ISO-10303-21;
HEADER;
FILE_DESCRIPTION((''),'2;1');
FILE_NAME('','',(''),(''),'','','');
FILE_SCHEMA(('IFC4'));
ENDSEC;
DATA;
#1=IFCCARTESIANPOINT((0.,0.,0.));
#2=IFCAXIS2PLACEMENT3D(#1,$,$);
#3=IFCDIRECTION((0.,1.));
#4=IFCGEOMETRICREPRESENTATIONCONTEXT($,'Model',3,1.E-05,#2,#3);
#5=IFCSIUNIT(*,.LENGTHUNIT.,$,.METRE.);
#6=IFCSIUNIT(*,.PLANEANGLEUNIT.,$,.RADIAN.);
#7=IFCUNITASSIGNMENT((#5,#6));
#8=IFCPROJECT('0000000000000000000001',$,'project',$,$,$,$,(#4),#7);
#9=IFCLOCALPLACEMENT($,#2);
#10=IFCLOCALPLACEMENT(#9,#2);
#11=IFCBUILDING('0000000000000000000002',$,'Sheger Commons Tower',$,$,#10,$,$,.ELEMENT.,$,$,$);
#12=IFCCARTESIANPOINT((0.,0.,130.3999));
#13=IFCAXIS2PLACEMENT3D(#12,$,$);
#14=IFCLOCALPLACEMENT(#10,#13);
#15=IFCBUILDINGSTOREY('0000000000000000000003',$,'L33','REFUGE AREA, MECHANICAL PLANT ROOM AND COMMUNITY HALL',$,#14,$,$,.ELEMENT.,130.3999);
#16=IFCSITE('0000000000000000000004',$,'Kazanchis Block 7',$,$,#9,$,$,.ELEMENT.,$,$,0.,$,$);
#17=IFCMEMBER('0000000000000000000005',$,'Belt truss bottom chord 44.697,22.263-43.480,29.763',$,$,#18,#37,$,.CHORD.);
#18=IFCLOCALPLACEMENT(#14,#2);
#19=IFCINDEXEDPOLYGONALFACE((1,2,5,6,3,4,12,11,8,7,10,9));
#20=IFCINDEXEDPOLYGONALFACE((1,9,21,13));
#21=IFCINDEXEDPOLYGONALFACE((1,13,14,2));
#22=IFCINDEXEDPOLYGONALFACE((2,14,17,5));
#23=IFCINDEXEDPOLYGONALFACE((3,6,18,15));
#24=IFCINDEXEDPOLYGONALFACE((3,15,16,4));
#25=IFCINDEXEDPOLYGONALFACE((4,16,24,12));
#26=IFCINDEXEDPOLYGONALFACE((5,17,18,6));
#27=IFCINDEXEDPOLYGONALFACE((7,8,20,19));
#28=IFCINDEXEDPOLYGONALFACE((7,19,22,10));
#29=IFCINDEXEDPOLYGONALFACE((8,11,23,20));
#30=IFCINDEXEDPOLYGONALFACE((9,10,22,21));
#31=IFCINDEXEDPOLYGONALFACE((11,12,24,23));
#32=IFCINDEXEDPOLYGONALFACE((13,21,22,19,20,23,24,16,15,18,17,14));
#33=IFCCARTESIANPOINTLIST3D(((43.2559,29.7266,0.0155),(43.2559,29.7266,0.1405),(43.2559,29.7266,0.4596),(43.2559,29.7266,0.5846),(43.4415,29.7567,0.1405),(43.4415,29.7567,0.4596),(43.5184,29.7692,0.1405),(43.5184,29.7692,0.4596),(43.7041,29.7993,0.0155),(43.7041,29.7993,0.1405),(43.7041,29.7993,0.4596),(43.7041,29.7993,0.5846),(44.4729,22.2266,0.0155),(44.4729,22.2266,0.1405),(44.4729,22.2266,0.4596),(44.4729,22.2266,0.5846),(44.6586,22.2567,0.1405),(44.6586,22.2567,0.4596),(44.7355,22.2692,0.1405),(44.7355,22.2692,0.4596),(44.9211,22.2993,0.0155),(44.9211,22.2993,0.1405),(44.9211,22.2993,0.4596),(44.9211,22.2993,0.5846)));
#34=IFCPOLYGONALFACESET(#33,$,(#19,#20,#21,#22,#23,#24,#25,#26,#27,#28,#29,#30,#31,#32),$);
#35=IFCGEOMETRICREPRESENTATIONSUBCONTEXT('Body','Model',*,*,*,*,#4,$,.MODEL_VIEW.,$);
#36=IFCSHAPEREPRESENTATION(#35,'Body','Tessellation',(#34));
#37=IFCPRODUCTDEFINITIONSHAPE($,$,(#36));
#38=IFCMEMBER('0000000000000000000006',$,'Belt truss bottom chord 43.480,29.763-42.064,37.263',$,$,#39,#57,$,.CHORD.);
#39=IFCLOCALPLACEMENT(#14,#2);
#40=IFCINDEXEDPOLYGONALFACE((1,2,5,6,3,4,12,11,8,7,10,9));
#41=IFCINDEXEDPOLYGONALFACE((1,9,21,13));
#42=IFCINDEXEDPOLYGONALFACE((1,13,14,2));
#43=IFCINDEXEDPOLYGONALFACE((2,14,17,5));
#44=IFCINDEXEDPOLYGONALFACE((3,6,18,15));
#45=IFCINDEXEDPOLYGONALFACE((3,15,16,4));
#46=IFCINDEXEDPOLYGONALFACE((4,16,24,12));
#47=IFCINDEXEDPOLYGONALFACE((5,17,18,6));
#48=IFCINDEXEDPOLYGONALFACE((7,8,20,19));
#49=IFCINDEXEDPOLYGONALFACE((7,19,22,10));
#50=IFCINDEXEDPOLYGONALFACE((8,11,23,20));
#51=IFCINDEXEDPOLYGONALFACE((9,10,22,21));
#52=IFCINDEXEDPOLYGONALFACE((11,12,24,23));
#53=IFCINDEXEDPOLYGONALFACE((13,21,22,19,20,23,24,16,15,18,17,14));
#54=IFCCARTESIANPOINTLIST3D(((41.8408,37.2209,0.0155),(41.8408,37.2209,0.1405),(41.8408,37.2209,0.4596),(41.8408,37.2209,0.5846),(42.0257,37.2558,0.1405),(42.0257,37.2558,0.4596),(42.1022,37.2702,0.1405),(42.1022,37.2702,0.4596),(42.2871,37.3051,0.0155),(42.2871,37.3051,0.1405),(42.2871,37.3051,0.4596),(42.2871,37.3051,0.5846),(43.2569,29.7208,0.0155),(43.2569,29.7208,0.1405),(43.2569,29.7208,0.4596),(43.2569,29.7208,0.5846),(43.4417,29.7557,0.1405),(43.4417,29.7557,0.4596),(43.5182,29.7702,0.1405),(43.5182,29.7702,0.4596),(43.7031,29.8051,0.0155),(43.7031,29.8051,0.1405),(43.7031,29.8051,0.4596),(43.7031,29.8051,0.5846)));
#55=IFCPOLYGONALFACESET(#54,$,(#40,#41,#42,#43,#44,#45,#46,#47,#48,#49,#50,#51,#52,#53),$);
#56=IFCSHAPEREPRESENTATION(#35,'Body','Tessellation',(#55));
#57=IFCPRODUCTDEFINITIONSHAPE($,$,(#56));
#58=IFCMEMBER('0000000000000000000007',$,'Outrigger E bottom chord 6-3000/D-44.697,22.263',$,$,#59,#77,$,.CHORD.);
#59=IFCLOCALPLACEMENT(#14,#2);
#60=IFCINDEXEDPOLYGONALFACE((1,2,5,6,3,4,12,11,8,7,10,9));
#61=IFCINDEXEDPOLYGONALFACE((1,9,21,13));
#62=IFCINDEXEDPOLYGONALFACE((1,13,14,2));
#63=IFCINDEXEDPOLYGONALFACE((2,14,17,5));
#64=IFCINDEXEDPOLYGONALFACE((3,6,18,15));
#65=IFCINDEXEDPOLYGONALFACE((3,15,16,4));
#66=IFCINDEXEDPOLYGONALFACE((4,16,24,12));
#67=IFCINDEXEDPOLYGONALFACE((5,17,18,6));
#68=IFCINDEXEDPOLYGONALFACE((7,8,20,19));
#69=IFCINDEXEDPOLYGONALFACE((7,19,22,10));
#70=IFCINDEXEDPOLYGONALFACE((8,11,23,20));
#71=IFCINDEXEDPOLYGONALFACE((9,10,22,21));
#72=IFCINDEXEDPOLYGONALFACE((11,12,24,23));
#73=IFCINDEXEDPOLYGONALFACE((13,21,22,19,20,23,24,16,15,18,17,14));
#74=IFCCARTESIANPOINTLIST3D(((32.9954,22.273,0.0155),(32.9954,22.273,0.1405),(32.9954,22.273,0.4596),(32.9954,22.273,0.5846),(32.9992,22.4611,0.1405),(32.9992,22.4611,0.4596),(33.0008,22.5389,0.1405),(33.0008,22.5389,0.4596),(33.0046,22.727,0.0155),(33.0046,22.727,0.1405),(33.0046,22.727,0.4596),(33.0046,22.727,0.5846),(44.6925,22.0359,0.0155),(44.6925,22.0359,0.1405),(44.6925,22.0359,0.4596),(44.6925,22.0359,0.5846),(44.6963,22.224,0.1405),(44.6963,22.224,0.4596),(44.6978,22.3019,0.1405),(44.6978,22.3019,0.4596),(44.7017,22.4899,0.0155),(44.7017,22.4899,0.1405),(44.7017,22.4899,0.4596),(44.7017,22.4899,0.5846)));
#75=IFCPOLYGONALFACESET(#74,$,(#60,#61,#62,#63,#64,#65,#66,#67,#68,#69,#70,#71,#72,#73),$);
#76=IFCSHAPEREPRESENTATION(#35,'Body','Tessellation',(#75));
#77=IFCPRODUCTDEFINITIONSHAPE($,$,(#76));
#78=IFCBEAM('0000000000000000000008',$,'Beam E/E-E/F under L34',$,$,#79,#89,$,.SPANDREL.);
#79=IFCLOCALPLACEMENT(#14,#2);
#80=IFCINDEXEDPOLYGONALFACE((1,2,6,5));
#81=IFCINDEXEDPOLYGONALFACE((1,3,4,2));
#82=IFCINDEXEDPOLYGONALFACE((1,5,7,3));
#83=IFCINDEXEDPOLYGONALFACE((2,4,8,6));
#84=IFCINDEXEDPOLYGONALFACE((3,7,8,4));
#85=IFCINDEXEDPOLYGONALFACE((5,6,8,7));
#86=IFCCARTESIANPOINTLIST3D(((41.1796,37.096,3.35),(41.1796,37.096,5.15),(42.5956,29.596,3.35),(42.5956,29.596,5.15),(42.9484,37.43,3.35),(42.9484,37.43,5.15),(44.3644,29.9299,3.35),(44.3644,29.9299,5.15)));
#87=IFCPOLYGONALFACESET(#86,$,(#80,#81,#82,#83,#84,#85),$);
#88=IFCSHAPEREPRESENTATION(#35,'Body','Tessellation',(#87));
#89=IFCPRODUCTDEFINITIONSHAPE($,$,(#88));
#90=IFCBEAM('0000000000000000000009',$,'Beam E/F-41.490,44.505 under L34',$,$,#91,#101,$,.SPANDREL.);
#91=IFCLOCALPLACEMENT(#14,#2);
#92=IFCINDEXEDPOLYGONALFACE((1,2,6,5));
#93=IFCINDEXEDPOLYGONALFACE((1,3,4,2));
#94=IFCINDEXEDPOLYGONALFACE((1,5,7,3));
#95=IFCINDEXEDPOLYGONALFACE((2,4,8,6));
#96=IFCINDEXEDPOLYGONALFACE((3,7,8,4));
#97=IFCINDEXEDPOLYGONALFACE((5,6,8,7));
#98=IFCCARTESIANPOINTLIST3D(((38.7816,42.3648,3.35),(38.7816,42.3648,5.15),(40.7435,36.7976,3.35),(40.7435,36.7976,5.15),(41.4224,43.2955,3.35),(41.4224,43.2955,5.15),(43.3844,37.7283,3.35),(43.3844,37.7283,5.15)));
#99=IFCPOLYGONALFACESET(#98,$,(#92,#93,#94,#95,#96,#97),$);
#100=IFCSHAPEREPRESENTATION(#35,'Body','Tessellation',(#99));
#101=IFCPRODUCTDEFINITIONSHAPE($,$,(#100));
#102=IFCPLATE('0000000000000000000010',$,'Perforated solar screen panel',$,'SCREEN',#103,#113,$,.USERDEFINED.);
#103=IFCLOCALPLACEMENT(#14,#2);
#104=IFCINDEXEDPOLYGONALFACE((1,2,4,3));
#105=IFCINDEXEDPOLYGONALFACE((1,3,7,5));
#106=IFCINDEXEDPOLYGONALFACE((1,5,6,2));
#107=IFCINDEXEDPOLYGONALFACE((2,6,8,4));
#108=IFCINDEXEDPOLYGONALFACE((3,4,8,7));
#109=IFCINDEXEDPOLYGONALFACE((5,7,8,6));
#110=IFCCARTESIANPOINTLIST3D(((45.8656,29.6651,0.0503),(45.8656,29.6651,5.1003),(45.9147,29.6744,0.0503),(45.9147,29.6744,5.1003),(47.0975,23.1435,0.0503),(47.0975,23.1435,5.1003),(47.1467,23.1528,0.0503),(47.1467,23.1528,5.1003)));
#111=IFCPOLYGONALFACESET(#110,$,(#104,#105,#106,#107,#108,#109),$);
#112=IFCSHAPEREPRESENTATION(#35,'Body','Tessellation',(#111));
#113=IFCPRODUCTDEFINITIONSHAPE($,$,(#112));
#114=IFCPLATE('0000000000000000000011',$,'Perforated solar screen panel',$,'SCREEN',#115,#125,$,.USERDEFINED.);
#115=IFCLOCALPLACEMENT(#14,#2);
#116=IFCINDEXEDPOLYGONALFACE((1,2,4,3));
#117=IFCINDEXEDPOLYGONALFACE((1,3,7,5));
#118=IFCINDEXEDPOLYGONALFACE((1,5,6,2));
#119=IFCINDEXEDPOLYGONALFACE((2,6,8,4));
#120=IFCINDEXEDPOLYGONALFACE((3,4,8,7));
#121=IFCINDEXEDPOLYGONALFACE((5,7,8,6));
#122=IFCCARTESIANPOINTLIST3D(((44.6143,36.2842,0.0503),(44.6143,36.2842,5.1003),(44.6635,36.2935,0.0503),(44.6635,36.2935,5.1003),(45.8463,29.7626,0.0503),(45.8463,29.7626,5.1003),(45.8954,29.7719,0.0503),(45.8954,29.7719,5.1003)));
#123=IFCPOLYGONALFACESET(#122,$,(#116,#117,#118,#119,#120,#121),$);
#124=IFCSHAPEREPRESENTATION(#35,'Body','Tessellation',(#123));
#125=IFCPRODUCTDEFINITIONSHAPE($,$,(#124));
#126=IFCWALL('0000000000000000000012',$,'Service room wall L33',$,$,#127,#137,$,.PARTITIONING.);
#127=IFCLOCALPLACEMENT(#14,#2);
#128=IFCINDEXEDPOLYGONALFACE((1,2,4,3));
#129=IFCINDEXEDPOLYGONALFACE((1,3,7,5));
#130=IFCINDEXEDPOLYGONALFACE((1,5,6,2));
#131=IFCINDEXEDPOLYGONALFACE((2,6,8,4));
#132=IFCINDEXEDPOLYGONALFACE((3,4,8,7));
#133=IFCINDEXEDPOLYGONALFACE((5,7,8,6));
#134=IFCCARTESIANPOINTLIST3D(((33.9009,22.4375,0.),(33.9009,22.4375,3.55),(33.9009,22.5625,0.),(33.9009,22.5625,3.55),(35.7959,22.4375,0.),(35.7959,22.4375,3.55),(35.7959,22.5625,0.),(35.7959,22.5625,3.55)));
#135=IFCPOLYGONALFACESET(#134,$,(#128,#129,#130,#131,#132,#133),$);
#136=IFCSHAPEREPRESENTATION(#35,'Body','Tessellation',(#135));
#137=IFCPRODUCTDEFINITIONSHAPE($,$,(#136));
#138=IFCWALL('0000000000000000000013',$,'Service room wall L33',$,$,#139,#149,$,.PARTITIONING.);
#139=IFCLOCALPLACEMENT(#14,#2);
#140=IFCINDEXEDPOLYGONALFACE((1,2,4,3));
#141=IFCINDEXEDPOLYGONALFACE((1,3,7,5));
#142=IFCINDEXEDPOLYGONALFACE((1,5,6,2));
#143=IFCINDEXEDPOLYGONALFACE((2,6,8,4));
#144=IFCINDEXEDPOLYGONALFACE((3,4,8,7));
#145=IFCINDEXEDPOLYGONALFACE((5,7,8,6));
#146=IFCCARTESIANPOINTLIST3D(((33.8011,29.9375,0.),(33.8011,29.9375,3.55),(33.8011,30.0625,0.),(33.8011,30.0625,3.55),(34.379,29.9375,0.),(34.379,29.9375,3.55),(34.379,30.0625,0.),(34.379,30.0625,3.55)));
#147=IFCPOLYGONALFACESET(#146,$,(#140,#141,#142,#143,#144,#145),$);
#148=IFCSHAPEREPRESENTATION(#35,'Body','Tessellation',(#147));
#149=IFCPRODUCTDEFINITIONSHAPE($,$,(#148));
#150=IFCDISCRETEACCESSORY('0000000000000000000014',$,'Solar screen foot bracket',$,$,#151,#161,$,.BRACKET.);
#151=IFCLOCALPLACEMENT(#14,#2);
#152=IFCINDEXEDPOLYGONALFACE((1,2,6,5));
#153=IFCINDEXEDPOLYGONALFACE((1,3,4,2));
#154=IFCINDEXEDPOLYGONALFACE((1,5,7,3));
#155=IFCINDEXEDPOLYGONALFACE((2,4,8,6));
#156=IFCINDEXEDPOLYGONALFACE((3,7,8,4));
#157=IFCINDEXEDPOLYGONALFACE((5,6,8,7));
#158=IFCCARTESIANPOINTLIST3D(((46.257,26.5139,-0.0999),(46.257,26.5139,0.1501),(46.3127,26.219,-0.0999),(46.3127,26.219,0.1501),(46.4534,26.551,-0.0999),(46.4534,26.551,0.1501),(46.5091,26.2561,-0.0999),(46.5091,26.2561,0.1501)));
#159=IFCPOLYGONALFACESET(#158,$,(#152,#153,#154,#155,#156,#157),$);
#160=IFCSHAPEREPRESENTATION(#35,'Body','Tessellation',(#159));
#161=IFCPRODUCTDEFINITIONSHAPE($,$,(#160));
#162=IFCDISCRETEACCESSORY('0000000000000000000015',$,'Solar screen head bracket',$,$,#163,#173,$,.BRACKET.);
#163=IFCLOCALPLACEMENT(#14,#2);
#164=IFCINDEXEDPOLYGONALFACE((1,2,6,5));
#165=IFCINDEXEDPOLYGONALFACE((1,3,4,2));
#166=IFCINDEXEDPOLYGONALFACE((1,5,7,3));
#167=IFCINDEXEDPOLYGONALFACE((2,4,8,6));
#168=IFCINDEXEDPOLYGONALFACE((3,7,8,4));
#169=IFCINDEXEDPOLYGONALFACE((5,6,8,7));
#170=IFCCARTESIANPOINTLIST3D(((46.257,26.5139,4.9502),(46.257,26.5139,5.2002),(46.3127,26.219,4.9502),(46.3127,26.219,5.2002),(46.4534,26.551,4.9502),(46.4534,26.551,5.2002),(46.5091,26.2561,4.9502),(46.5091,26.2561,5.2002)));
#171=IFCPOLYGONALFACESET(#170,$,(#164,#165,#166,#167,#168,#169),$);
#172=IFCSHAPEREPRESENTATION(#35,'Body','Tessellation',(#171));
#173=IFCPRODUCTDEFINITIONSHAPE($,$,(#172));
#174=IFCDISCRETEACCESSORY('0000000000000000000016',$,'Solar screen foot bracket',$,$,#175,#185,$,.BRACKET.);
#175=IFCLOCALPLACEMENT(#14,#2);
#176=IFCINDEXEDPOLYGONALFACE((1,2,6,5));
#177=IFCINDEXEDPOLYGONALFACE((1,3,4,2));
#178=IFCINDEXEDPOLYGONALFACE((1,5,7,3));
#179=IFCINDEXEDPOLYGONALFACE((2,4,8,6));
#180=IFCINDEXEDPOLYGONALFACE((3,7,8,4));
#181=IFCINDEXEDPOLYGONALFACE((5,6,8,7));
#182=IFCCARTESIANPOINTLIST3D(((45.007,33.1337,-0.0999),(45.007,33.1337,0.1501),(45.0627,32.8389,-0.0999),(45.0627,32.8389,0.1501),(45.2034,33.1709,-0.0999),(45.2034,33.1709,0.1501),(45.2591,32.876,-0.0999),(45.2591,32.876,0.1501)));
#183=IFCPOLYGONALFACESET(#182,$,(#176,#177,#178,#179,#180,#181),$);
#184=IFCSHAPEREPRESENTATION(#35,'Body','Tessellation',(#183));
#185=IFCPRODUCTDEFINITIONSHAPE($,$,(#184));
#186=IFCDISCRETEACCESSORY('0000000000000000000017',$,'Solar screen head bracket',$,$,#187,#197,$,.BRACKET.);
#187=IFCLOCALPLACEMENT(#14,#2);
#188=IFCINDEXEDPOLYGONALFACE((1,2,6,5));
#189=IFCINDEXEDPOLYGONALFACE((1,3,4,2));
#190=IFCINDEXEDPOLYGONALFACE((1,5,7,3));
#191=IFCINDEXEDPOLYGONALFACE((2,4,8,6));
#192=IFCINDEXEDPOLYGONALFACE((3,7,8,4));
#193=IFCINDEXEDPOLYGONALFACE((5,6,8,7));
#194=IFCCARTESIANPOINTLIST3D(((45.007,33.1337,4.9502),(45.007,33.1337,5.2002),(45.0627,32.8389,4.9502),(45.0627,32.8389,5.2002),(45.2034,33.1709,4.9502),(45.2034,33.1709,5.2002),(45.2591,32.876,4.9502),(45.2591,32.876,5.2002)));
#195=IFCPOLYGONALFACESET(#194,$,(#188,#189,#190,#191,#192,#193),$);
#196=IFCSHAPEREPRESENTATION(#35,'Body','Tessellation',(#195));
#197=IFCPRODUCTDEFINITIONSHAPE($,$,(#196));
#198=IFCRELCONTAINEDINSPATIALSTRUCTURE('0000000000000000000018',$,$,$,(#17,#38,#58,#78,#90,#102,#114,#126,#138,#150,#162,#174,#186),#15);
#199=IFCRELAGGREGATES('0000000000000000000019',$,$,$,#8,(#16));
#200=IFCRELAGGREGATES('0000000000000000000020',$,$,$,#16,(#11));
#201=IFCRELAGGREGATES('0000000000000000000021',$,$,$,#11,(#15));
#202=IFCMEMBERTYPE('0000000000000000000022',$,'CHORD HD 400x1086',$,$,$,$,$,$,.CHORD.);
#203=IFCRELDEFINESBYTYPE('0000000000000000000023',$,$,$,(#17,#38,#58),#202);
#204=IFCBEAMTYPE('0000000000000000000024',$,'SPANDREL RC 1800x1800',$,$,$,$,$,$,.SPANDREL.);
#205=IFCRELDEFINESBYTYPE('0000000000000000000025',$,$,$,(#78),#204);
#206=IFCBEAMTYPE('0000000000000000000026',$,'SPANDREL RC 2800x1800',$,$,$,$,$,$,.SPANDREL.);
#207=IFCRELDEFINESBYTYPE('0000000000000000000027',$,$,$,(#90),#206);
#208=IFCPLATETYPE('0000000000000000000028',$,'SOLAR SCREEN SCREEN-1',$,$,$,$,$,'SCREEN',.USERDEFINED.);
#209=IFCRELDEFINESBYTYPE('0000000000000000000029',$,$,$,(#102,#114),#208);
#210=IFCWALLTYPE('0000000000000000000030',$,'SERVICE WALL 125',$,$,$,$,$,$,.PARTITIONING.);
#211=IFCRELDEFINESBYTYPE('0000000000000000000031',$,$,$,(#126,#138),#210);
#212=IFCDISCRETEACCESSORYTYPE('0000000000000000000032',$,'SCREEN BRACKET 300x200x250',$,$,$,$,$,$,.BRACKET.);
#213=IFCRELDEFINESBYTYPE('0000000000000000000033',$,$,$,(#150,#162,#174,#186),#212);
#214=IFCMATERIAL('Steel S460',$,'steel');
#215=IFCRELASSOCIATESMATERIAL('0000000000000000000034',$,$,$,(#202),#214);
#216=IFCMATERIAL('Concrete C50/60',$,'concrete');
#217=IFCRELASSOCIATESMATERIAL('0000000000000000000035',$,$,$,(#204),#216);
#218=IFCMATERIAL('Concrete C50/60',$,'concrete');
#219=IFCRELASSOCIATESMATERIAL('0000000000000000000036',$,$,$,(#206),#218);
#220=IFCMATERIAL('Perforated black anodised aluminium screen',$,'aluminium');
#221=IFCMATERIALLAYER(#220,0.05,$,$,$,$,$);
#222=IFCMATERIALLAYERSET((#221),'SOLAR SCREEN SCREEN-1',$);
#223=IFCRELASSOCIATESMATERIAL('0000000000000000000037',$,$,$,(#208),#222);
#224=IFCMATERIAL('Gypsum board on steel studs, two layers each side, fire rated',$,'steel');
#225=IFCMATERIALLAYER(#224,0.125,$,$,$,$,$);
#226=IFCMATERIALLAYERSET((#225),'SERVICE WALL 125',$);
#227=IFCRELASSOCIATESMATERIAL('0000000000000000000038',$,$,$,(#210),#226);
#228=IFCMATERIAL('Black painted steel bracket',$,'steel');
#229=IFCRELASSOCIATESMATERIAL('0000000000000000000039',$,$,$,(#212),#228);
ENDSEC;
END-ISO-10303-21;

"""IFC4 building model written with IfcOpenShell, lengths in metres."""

from ifc_helpers import new_model, si_unit, direction, frame, frame_2d, origin, origin_2d, place, context, subcontext, project, spatial, rectangle, i_section, extrude, material, layer, layer_set, material_profile, profile_set, type_object, element, save


model = new_model("IFC4")

# Units and contexts
model_context = context("Model", 3, precision=1e-05, world=origin(), true_north=direction((0.0, 1.0)))
body_context = subcontext(model_context, "Body", "Model", "MODEL_VIEW")
ifc_project = project(units=[si_unit("LENGTHUNIT", "METRE"), si_unit("PLANEANGLEUNIT", "RADIAN")], contexts=[model_context])

# Site, building, storey
site_placement = place(None, origin())
site = spatial("IfcSite", under=ifc_project, at=site_placement, Name="Kazanchis Block 7", CompositionType="ELEMENT", RefElevation=0.0)
building_placement = place(site_placement, origin())
building = spatial("IfcBuilding", under=site, at=building_placement, Name="Sheger Commons Tower", CompositionType="ELEMENT")
storey_placement = place(building_placement, frame((0.0, 0.0, 130.3999)))
storey = spatial("IfcBuildingStorey", under=building, at=storey_placement, Name="L33", Description="REFUGE AREA, MECHANICAL PLANT ROOM AND COMMUNITY HALL", CompositionType="ELEMENT", Elevation=130.3999)

# Members
ifc_material_1 = material(Name="Steel S460", Category="steel")
ifc_material_profile_1 = material_profile(ifc_material_1, i_section(OverallWidth=0.4541, OverallDepth=0.5691, WebThickness=0.0779, FlangeThickness=0.125, at=origin_2d()), Name="HD 400x1086")
ifc_profile_set_1 = profile_set([ifc_material_profile_1], Name="Steel S460")
member_type_1 = type_object("IfcMemberType", Name="CHORD HD 400x1086", PredefinedType="CHORD", material=ifc_profile_set_1)
member_1_placement = place(storey_placement, frame((44.697, 22.2629, 0.3), z_axis=(-0.160177, 0.987088, 0.0), x_axis=(-0.987088, -0.160177, 0.0)))
element("IfcMember", 1, at=member_1_placement, inside=storey, type_object=member_type_1, Name="Belt truss bottom chord 44.697,22.263-43.480,29.763", PredefinedType="CHORD", context=body_context, shape_type="SweptSolid", body=[
    extrude(i_section(OverallWidth=0.4541, OverallDepth=0.5691, WebThickness=0.0779, FlangeThickness=0.125, at=origin_2d()), origin(), (0.0, 0.0, 1.0), 7.5981),
])
member_2_placement = place(storey_placement, frame((43.48, 29.7629, 0.3), z_axis=(-0.185524, 0.98264, 0.0), x_axis=(-0.98264, -0.185524, 0.0)))
element("IfcMember", 2, at=member_2_placement, inside=storey, type_object=member_type_1, Name="Belt truss bottom chord 43.480,29.763-42.064,37.263", PredefinedType="CHORD", context=body_context, shape_type="SweptSolid", body=[
    extrude(i_section(OverallWidth=0.4541, OverallDepth=0.5691, WebThickness=0.0779, FlangeThickness=0.125, at=origin_2d()), origin(), (0.0, 0.0, 1.0), 7.6326),
])
member_3_placement = place(storey_placement, frame((33.0, 22.5, 0.3), z_axis=(0.999795, -0.020263, 0.0), x_axis=(0.020263, 0.999795, 0.0)))
element("IfcMember", 3, at=member_3_placement, inside=storey, type_object=member_type_1, Name="Outrigger E bottom chord 6-3000/D-44.697,22.263", PredefinedType="CHORD", context=body_context, shape_type="SweptSolid", body=[
    extrude(i_section(OverallWidth=0.4541, OverallDepth=0.5691, WebThickness=0.0779, FlangeThickness=0.125, at=origin_2d()), origin(), (0.0, 0.0, 1.0), 11.6995),
])

# Beams
ifc_material_2 = material(Name="Concrete C50/60", Category="concrete")
ifc_material_profile_2 = material_profile(ifc_material_2, rectangle(XDim=1.8, YDim=1.8, at=origin_2d()), Name="RC 1800x1800")
ifc_profile_set_2 = profile_set([ifc_material_profile_2], Name="Concrete C50/60")
beam_type_1 = type_object("IfcBeamType", Name="SPANDREL RC 1800x1800", PredefinedType="SPANDREL", material=ifc_profile_set_2)
beam_1_placement = place(storey_placement, frame((43.48, 29.7629, 4.25), z_axis=(-0.185524, 0.98264, 0.0), x_axis=(-0.98264, -0.185524, 0.0)))
element("IfcBeam", 4, at=beam_1_placement, inside=storey, type_object=beam_type_1, Name="Beam E/E-E/F under L34", PredefinedType="SPANDREL", context=body_context, shape_type="SweptSolid", body=[
    extrude(rectangle(XDim=1.8, YDim=1.8, at=origin_2d()), origin(), (0.0, 0.0, 1.0), 7.6326),
])
ifc_material_3 = material(Name="Concrete C50/60", Category="concrete")
ifc_material_profile_3 = material_profile(ifc_material_3, rectangle(XDim=2.8, YDim=1.8, at=origin_2d()), Name="RC 2800x1800")
ifc_profile_set_3 = profile_set([ifc_material_profile_3], Name="Concrete C50/60")
beam_type_2 = type_object("IfcBeamType", Name="SPANDREL RC 2800x1800", PredefinedType="SPANDREL", material=ifc_profile_set_3)
beam_2_placement = place(storey_placement, frame((42.064, 37.2629, 4.25), z_axis=(-0.332374, 0.943148, 0.0), x_axis=(-0.943148, -0.332374, 0.0)))
element("IfcBeam", 5, at=beam_2_placement, inside=storey, type_object=beam_type_2, Name="Beam E/F-41.490,44.505 under L34", PredefinedType="SPANDREL", context=body_context, shape_type="SweptSolid", body=[
    extrude(rectangle(XDim=2.8, YDim=1.8, at=origin_2d()), origin(), (0.0, 0.0, 1.0), 5.9028),
])

# Plates
ifc_material_4 = material(Name="Perforated black anodised aluminium screen", Category="aluminium")
ifc_layer_1 = layer(ifc_material_4, 0.05)
ifc_layer_set_1 = layer_set([ifc_layer_1], Name="SOLAR SCREEN SCREEN-1")
plate_type = type_object("IfcPlateType", Name="SOLAR SCREEN SCREEN-1", ElementType="SCREEN", PredefinedType="USERDEFINED", material=ifc_layer_set_1)
for number, where, z_axis, x_axis, name in (
    (6, (46.5061, 26.4089, 0.0503), (0.0, 0.0, 1.0), (-0.185615, 0.982623, 0.0), "Perforated solar screen panel"),
    (7, (45.2549, 33.0281, 0.0503), (0.0, 0.0, 1.0), (-0.185615, 0.982623, 0.0), "Perforated solar screen panel"),
):
    element("IfcPlate", number, at=place(storey_placement, frame(where, z_axis=z_axis, x_axis=x_axis)), inside=storey, type_object=plate_type, Name=name, ObjectType="SCREEN", PredefinedType="USERDEFINED", context=body_context, shape_type="SweptSolid", body=[
        extrude(rectangle(XDim=6.637, YDim=0.05, at=origin_2d()), origin(), (0.0, 0.0, 1.0), 5.05),
    ])

# Walls
ifc_material_5 = material(Name="Gypsum board on steel studs, two layers each side, fire rated", Category="steel")
ifc_layer_2 = layer(ifc_material_5, 0.125)
ifc_layer_set_2 = layer_set([ifc_layer_2], Name="SERVICE WALL 125")
wall_type = type_object("IfcWallType", Name="SERVICE WALL 125", PredefinedType="PARTITIONING", material=ifc_layer_set_2)
wall_1_placement = place(storey_placement, frame((33.9009, 22.5, 0.0), z_axis=(0.0, 0.0, 1.0), x_axis=(1.0, 0.0, 0.0)))
element("IfcWall", 8, at=wall_1_placement, inside=storey, type_object=wall_type, Name="Service room wall L33", PredefinedType="PARTITIONING", context=body_context, shape_type="SweptSolid", body=[
    extrude(rectangle(XDim=1.895, YDim=0.125, at=frame_2d((0.9475, 0.0))), origin(), (0.0, 0.0, 1.0), 3.55),
])
wall_2_placement = place(storey_placement, frame((33.801, 30.0, 0.0), z_axis=(0.0, 0.0, 1.0), x_axis=(1.0, 0.0, 0.0)))
element("IfcWall", 9, at=wall_2_placement, inside=storey, type_object=wall_type, Name="Service room wall L33", PredefinedType="PARTITIONING", context=body_context, shape_type="SweptSolid", body=[
    extrude(rectangle(XDim=0.5779, YDim=0.125, at=frame_2d((0.2891, 0.0))), origin(), (0.0, 0.0, 1.0), 3.55),
])

# Discrete accessories
ifc_material_6 = material(Name="Black painted steel bracket", Category="steel")
discrete_accessory_type = type_object("IfcDiscreteAccessoryType", Name="SCREEN BRACKET 300x200x250", PredefinedType="BRACKET", material=ifc_material_6)
for number, where, z_axis, x_axis, name in (
    (10, (46.3831, 26.385, -0.0999), (0.0, 0.0, 1.0), (-0.185615, 0.982623, 0.0), "Solar screen foot bracket"),
    (11, (46.3831, 26.385, 4.9502), (0.0, 0.0, 1.0), (-0.185615, 0.982623, 0.0), "Solar screen head bracket"),
    (12, (45.1331, 33.0049, -0.0999), (0.0, 0.0, 1.0), (-0.185615, 0.982623, 0.0), "Solar screen foot bracket"),
    (13, (45.1331, 33.0049, 4.9502), (0.0, 0.0, 1.0), (-0.185615, 0.982623, 0.0), "Solar screen head bracket"),
):
    element("IfcDiscreteAccessory", number, at=place(storey_placement, frame(where, z_axis=z_axis, x_axis=x_axis)), inside=storey, type_object=discrete_accessory_type, Name=name, PredefinedType="BRACKET", context=body_context, shape_type="SweptSolid", body=[
        extrude(rectangle(XDim=0.3, YDim=0.2, at=origin_2d()), origin(), (0.0, 0.0, 1.0), 0.25),
    ])

save(model, "model.ifc")
